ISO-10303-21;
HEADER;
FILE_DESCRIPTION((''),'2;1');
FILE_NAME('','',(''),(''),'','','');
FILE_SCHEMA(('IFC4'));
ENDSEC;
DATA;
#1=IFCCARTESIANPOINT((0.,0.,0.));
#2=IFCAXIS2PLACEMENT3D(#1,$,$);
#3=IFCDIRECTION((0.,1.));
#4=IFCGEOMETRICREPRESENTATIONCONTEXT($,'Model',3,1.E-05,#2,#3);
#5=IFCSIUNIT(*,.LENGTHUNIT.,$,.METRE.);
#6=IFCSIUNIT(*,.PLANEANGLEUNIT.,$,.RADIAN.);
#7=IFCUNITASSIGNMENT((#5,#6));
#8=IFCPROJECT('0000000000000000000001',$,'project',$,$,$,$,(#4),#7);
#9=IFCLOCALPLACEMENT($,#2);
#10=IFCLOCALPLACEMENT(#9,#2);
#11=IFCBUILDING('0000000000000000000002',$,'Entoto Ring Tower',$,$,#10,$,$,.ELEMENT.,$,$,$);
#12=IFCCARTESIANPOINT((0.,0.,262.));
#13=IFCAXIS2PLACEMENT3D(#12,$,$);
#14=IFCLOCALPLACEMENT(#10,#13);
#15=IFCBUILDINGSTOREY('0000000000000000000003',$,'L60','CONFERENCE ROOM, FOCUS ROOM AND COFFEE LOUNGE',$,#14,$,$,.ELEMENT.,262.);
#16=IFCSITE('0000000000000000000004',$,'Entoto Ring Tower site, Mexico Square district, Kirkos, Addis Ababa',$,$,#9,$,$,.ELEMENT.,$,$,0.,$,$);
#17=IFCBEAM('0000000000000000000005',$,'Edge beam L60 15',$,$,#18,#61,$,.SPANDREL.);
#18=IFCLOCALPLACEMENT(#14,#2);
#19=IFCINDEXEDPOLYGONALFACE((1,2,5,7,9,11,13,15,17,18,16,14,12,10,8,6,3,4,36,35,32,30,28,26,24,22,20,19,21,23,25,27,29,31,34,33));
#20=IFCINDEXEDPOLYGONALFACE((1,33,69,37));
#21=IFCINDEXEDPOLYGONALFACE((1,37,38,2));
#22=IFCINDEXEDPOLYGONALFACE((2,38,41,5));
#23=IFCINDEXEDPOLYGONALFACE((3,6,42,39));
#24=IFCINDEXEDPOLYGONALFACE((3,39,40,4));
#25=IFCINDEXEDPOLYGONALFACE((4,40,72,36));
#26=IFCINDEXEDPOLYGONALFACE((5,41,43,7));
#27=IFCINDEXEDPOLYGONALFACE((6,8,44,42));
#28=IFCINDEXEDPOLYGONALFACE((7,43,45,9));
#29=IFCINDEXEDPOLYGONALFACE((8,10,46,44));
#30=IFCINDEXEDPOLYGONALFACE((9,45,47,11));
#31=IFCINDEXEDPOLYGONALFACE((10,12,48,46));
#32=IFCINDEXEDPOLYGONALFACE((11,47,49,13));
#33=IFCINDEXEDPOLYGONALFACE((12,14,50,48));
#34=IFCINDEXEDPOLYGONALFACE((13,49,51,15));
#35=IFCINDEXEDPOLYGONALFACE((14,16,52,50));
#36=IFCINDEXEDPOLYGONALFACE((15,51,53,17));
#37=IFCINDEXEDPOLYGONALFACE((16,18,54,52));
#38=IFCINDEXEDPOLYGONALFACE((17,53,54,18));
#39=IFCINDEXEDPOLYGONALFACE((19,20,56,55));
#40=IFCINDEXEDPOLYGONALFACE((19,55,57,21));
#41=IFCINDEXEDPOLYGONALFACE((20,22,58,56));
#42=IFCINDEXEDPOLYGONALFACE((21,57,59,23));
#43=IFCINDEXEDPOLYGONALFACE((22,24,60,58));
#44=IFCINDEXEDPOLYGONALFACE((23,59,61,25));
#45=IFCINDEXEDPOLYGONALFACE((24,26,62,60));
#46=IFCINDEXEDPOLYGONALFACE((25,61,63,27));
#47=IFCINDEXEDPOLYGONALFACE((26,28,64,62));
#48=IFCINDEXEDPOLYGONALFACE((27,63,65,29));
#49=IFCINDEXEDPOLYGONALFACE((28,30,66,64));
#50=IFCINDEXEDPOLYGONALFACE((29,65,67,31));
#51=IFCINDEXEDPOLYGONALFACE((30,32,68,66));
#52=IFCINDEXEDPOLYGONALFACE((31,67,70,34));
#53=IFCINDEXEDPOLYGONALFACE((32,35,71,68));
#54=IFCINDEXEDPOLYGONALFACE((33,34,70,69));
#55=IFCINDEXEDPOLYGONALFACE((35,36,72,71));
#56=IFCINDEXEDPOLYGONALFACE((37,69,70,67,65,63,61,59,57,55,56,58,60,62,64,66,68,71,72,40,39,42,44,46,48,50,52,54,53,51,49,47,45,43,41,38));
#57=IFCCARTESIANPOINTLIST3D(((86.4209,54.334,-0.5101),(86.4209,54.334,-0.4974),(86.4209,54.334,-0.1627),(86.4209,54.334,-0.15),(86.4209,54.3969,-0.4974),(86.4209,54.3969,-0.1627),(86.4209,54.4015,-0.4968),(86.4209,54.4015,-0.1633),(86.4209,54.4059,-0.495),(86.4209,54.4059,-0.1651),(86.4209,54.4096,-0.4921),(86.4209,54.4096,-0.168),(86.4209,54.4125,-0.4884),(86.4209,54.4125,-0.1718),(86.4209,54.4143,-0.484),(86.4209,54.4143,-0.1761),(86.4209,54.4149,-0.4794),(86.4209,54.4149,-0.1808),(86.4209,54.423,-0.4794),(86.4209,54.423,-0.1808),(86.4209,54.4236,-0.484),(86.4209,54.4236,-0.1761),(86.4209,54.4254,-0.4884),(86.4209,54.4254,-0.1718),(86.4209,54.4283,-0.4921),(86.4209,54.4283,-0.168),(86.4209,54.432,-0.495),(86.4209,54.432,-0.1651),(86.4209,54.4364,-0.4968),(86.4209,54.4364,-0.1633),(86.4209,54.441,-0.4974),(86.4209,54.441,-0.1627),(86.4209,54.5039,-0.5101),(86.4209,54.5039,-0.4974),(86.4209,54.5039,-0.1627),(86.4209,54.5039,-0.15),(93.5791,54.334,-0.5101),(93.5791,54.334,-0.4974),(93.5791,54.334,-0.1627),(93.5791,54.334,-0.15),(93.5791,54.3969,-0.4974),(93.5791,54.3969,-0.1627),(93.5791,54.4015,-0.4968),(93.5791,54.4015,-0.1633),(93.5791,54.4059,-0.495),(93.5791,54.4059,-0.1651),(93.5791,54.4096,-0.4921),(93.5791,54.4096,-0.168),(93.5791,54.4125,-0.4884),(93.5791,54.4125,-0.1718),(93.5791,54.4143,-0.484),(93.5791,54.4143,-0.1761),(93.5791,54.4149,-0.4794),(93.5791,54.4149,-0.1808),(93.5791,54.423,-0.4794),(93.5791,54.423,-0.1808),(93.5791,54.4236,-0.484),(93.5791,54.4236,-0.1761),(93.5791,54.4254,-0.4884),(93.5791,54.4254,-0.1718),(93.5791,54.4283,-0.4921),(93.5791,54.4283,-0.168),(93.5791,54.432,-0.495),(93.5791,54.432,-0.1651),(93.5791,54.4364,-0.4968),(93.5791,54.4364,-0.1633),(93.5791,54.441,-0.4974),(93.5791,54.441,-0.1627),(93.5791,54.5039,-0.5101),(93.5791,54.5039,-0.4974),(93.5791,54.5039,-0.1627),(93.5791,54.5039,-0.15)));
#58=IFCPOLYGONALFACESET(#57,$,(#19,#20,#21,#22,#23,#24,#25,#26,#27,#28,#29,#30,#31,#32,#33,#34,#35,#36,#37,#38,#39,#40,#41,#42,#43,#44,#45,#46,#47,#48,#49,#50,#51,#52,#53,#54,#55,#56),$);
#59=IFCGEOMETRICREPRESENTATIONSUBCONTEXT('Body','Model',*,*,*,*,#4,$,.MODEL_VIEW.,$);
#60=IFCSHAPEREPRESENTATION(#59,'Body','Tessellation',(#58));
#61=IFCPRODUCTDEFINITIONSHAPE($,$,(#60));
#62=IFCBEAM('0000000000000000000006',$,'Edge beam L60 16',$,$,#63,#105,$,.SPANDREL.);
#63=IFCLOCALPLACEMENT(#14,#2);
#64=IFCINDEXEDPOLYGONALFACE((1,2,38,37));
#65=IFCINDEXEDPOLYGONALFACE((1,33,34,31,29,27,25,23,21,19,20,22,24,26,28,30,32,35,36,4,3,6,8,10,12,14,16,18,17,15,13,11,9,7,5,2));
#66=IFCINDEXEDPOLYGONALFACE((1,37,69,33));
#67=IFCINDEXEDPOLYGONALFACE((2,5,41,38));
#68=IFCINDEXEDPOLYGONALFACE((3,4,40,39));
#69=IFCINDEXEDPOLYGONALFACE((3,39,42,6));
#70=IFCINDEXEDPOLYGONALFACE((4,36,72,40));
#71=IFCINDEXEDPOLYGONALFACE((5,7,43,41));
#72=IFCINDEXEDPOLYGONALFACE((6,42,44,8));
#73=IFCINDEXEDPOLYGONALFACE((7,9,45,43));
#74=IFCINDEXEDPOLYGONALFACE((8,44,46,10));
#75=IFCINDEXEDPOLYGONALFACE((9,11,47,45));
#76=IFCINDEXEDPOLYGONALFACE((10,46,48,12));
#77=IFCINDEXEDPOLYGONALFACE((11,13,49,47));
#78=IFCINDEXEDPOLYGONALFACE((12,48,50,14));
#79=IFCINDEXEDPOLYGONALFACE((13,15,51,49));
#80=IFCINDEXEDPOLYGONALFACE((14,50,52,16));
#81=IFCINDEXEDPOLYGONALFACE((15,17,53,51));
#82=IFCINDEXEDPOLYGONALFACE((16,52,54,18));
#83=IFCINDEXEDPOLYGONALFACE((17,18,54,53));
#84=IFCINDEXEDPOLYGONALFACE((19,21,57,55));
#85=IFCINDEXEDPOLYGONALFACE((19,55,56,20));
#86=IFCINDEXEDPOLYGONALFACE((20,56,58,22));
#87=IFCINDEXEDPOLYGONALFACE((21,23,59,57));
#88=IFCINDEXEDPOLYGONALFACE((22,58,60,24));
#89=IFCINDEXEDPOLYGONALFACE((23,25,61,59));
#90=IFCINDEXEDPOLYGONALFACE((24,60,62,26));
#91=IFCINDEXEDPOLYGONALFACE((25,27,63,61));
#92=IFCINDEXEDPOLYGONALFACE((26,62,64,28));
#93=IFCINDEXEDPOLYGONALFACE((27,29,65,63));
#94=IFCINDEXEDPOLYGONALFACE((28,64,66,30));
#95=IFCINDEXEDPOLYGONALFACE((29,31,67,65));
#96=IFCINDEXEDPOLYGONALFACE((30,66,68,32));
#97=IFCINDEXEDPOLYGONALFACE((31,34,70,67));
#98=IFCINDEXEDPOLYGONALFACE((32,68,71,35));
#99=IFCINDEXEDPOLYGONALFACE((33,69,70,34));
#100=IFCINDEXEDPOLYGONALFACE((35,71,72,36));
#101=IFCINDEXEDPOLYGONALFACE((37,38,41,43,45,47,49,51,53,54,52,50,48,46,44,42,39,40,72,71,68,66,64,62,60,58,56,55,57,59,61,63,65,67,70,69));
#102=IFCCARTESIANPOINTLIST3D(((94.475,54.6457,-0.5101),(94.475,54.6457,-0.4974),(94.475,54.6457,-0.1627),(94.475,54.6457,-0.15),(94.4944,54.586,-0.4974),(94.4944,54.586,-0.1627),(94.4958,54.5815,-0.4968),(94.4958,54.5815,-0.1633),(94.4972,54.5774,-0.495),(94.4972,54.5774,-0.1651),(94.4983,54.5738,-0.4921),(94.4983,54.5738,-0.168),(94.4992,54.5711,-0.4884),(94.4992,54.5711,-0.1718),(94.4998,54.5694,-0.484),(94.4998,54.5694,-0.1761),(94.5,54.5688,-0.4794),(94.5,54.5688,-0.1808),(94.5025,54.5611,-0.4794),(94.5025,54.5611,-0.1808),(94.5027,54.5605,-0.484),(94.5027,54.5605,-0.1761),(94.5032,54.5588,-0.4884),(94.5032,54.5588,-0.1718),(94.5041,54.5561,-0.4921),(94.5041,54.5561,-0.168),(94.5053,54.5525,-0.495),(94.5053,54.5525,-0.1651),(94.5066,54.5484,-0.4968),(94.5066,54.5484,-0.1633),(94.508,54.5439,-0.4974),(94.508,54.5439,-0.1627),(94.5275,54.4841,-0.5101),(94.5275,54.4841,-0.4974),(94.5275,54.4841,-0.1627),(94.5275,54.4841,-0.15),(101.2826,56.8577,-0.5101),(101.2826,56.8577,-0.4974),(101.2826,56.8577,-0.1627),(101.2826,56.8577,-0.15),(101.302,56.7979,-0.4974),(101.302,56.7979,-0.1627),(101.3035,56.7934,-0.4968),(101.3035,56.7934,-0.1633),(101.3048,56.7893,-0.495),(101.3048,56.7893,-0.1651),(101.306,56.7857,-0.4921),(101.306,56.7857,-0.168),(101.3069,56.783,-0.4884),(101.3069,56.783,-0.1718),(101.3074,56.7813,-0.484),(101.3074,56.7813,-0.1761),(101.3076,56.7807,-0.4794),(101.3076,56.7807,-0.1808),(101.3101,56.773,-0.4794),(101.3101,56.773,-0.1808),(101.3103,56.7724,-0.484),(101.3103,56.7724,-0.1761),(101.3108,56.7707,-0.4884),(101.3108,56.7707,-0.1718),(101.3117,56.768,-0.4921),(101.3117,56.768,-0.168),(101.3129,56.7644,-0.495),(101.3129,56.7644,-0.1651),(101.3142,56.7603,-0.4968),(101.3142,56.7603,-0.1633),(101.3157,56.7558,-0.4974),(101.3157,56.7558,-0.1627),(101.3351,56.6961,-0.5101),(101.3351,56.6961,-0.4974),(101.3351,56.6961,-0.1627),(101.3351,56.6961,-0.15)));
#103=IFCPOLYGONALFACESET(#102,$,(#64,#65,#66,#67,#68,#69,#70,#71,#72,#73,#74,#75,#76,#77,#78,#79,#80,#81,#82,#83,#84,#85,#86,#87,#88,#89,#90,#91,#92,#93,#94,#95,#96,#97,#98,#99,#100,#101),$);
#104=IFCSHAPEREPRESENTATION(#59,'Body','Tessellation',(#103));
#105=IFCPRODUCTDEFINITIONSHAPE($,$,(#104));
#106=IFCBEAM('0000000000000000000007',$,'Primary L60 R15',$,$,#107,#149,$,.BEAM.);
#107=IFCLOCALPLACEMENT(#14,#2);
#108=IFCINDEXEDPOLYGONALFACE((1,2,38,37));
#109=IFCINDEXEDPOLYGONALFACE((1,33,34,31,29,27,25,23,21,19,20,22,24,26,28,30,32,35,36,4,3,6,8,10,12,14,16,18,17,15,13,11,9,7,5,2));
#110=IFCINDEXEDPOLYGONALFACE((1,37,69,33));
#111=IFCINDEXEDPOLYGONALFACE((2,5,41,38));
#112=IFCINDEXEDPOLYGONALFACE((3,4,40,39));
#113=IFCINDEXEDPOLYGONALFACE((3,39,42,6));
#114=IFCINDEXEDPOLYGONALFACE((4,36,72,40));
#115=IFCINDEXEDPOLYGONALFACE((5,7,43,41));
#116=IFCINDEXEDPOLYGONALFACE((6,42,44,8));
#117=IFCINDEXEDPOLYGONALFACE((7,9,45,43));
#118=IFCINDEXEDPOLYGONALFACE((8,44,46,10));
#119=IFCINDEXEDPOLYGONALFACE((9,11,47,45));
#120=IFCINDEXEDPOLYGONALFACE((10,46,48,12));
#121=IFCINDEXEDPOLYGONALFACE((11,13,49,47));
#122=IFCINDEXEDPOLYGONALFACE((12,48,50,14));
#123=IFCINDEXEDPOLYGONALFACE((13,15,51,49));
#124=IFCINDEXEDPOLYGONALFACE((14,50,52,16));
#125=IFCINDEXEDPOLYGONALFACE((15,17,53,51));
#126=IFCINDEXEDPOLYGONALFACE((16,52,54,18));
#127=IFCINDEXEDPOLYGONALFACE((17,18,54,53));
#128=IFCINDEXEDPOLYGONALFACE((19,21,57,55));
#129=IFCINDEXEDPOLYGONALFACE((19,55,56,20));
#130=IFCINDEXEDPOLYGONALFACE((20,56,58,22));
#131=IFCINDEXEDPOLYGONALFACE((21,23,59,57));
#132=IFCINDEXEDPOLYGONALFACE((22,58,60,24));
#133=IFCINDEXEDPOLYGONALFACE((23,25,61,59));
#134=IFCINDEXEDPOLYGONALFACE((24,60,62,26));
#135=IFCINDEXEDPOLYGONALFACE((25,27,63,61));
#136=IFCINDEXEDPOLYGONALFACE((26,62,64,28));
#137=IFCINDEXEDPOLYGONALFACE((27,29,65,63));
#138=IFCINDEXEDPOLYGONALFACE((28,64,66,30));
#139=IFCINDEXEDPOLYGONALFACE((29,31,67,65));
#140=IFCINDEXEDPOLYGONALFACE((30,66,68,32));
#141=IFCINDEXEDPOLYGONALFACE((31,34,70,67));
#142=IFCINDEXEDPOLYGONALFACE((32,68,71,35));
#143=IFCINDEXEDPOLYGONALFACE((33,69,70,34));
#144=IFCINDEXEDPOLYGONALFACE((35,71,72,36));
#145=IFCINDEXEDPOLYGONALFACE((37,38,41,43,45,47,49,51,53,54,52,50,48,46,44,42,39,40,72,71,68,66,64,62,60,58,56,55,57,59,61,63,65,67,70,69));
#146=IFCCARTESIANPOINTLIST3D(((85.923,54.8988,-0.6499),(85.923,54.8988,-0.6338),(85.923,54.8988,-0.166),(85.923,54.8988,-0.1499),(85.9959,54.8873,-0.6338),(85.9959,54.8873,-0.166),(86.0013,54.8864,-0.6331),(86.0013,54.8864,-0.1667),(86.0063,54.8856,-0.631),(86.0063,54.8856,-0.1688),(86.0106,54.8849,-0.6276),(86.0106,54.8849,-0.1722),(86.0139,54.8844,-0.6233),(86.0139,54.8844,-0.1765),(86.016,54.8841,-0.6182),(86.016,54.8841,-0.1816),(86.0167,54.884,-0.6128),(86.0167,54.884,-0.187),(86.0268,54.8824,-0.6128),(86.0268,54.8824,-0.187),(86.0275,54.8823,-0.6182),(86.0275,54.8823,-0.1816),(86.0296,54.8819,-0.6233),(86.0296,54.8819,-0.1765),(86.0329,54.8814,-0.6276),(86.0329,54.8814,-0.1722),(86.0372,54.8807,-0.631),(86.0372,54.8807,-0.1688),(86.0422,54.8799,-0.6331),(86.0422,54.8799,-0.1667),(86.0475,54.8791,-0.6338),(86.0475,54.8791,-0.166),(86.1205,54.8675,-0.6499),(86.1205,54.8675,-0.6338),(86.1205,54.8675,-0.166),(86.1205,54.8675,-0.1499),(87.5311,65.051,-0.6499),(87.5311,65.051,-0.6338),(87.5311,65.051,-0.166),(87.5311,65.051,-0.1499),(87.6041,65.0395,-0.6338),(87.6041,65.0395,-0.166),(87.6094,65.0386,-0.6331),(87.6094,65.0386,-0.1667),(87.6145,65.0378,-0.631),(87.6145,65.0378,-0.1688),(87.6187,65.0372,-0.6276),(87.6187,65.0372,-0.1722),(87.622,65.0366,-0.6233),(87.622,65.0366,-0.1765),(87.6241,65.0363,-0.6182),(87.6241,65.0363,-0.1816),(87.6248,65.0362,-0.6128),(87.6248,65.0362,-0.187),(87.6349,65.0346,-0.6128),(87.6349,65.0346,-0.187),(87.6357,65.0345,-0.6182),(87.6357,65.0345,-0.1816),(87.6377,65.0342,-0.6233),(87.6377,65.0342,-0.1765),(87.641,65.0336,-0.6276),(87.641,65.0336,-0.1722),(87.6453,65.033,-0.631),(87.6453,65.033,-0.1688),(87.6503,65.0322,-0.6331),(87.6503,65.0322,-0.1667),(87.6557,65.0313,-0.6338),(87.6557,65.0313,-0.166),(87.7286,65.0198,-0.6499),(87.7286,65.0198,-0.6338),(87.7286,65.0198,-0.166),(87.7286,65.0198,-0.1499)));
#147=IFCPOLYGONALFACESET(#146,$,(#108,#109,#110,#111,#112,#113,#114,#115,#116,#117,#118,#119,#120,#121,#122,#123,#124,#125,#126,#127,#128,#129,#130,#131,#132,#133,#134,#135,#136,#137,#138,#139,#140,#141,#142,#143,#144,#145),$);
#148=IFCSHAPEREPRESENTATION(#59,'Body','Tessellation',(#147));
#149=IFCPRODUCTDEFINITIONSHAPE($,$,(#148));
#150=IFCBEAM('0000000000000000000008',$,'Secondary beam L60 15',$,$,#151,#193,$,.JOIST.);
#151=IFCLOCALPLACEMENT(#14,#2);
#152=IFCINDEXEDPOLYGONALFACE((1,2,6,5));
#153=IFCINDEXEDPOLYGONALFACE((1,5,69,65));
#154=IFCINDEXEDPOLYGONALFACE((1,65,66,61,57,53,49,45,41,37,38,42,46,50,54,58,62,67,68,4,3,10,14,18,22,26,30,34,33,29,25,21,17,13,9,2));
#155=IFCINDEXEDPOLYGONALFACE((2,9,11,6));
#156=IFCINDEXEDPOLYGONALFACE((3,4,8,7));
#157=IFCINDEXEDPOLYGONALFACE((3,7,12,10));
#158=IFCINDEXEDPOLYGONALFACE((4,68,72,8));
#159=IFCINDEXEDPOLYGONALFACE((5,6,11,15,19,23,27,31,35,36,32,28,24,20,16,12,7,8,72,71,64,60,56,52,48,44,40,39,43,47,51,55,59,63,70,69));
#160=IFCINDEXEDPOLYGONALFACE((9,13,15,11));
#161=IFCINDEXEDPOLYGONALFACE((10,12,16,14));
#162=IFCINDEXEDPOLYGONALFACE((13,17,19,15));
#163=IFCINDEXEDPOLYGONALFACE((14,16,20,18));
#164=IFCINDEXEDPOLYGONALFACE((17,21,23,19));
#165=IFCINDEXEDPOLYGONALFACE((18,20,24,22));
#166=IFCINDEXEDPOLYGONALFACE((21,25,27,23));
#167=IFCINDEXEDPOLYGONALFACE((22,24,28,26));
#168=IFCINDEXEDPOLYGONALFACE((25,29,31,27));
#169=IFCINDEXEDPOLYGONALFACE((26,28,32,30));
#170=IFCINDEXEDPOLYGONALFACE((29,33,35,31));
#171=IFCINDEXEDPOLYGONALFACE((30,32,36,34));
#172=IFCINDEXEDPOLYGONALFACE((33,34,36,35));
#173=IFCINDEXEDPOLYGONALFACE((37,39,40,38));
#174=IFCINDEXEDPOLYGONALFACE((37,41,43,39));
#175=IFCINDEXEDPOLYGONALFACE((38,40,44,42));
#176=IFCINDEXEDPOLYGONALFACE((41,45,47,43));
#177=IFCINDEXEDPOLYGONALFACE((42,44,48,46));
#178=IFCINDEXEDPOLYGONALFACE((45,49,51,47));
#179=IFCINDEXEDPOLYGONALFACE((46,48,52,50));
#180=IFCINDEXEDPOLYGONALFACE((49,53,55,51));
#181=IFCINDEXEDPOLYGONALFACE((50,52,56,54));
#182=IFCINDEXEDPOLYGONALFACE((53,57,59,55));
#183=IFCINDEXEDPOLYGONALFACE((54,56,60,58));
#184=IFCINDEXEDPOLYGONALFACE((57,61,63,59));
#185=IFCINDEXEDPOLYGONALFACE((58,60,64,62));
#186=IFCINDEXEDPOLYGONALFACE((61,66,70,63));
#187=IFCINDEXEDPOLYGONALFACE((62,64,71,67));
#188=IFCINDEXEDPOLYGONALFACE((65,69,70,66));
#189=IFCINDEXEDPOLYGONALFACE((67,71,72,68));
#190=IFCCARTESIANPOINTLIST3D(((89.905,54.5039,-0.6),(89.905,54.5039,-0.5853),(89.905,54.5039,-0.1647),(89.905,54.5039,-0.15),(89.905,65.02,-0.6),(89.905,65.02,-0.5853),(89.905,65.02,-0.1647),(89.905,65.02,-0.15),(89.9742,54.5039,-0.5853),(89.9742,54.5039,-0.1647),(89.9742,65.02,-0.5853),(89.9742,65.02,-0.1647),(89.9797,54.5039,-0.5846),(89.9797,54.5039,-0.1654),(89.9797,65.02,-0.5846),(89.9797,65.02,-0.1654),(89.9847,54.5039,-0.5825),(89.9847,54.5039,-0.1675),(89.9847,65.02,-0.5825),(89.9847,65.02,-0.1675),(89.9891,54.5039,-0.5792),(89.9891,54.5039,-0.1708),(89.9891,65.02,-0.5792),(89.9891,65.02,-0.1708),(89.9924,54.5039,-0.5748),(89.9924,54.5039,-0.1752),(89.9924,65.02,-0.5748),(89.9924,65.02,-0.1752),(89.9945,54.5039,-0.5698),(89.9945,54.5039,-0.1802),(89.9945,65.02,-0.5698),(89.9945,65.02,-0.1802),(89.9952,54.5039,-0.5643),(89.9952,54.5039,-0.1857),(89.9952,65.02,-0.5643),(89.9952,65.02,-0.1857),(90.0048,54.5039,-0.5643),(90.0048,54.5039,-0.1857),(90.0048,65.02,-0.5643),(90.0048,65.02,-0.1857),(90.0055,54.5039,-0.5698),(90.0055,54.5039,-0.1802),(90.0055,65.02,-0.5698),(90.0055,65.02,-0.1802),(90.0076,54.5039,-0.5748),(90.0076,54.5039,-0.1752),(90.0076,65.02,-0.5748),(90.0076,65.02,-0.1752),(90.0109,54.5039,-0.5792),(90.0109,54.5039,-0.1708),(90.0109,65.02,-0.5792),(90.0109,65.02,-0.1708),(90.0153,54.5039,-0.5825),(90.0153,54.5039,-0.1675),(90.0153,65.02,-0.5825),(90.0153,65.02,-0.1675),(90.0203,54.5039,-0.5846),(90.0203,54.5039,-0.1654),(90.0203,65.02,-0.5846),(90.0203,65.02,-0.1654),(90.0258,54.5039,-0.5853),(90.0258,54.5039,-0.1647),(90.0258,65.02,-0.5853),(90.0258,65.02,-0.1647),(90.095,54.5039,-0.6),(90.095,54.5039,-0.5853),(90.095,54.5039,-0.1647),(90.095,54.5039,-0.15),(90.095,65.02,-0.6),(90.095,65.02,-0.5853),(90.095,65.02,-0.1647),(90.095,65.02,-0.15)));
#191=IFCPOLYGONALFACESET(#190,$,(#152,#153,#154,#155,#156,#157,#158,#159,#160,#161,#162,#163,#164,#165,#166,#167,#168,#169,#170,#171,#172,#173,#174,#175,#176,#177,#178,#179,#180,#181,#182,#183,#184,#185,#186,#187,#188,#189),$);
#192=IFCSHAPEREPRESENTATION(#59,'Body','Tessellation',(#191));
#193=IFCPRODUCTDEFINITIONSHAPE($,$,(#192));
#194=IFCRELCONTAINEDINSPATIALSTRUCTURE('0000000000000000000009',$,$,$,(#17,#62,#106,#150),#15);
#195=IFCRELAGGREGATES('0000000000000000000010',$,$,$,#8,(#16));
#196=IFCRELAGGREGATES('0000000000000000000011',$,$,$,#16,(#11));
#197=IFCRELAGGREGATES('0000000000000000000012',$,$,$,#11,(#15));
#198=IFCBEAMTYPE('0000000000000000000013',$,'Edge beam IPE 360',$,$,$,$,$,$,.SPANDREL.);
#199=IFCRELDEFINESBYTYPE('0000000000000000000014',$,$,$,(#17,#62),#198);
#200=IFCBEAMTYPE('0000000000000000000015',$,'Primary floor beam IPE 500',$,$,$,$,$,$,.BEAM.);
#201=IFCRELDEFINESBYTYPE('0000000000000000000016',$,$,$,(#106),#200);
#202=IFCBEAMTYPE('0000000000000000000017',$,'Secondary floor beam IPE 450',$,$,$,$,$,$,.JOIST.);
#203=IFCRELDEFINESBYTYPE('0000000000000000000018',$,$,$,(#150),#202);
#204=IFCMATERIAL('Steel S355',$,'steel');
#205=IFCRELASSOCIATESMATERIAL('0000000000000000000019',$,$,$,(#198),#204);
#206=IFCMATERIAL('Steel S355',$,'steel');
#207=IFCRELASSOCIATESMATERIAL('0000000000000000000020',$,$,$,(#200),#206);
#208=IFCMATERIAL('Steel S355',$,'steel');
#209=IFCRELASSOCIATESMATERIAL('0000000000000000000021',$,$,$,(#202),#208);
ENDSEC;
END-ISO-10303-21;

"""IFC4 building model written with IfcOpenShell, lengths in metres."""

from ifc_helpers import new_model, si_unit, direction, frame, origin, origin_2d, place, context, subcontext, project, spatial, i_section, extrude, material, material_profile, profile_set, type_object, element, save


model = new_model("IFC4")

# Units and contexts
model_context = context("Model", 3, precision=1e-05, world=origin(), true_north=direction((0.0, 1.0)))
body_context = subcontext(model_context, "Body", "Model", "MODEL_VIEW")
ifc_project = project(units=[si_unit("LENGTHUNIT", "METRE"), si_unit("PLANEANGLEUNIT", "RADIAN")], contexts=[model_context])

# Site, building, storey
site_placement = place(None, origin())
site = spatial("IfcSite", under=ifc_project, at=site_placement, Name="Entoto Ring Tower site, Mexico Square district, Kirkos, Addis Ababa", CompositionType="ELEMENT", RefElevation=0.0)
building_placement = place(site_placement, origin())
building = spatial("IfcBuilding", under=site, at=building_placement, Name="Entoto Ring Tower", CompositionType="ELEMENT")
storey_placement = place(building_placement, frame((0.0, 0.0, 262.0)))
storey = spatial("IfcBuildingStorey", under=building, at=storey_placement, Name="L60", Description="CONFERENCE ROOM, FOCUS ROOM AND COFFEE LOUNGE", CompositionType="ELEMENT", Elevation=262.0)

# Beams
ifc_material_1 = material(Name="Steel S355", Category="steel")
ifc_material_profile_1 = material_profile(ifc_material_1, i_section(OverallWidth=0.1699, OverallDepth=0.3601, WebThickness=0.0081, FlangeThickness=0.0127, FilletRadius=0.0181, at=origin_2d()), Name="IPE 360")
ifc_profile_set_1 = profile_set([ifc_material_profile_1], Name="Steel S355")
beam_type_1 = type_object("IfcBeamType", Name="Edge beam IPE 360", PredefinedType="SPANDREL", material=ifc_profile_set_1)
beam_1_placement = place(storey_placement, frame((86.4209, 54.4189, -0.3301), z_axis=(1.0, 0.0, 0.0), x_axis=(0.0, 1.0, 0.0)))
element("IfcBeam", 1, at=beam_1_placement, inside=storey, type_object=beam_type_1, Name="Edge beam L60 15", PredefinedType="SPANDREL", context=body_context, shape_type="SweptSolid", body=[
    extrude(i_section(OverallWidth=0.1699, OverallDepth=0.3601, WebThickness=0.0081, FlangeThickness=0.0127, FilletRadius=0.0181, at=origin_2d()), origin(), (0.0, 0.0, 1.0), 7.1582),
])
beam_2_placement = place(storey_placement, frame((94.5012, 54.5649, -0.3301), z_axis=(0.951057, 0.309015, 0.0), x_axis=(-0.309015, 0.951057, 0.0)))
element("IfcBeam", 2, at=beam_2_placement, inside=storey, type_object=beam_type_1, Name="Edge beam L60 16", PredefinedType="SPANDREL", context=body_context, shape_type="SweptSolid", body=[
    extrude(i_section(OverallWidth=0.1699, OverallDepth=0.3601, WebThickness=0.0081, FlangeThickness=0.0127, FilletRadius=0.0181, at=origin_2d()), origin(), (0.0, 0.0, 1.0), 7.158),
])
ifc_material_2 = material(Name="Steel S355", Category="steel")
ifc_material_profile_2 = material_profile(ifc_material_2, i_section(OverallWidth=0.2, OverallDepth=0.5, WebThickness=0.0103, FlangeThickness=0.0161, FilletRadius=0.021, at=origin_2d()), Name="IPE 500")
ifc_profile_set_2 = profile_set([ifc_material_profile_2], Name="Steel S355")
beam_type_2 = type_object("IfcBeamType", Name="Primary floor beam IPE 500", PredefinedType="BEAM", material=ifc_profile_set_2)
beam_3_placement = place(storey_placement, frame((87.6299, 65.0354, -0.3999), z_axis=(-0.156452, -0.987686, 0.0), x_axis=(0.987686, -0.156452, 0.0)))
element("IfcBeam", 3, at=beam_3_placement, inside=storey, type_object=beam_type_2, Name="Primary L60 R15", PredefinedType="BEAM", context=body_context, shape_type="SweptSolid", body=[
    extrude(i_section(OverallWidth=0.2, OverallDepth=0.5, WebThickness=0.0103, FlangeThickness=0.0161, FilletRadius=0.021, at=origin_2d()), origin(), (0.0, 0.0, 1.0), 10.2788),
])
ifc_material_3 = material(Name="Steel S355", Category="steel")
ifc_material_profile_3 = material_profile(ifc_material_3, i_section(OverallWidth=0.1899, OverallDepth=0.45, WebThickness=0.0095, FlangeThickness=0.0146, FilletRadius=0.021, at=origin_2d()), Name="IPE 450")
ifc_profile_set_3 = profile_set([ifc_material_profile_3], Name="Steel S355")
beam_type_3 = type_object("IfcBeamType", Name="Secondary floor beam IPE 450", PredefinedType="JOIST", material=ifc_profile_set_3)
beam_4_placement = place(storey_placement, frame((90.0, 65.02, -0.375), z_axis=(0.0, -1.0, 0.0), x_axis=(1.0, 0.0, 0.0)))
element("IfcBeam", 4, at=beam_4_placement, inside=storey, type_object=beam_type_3, Name="Secondary beam L60 15", PredefinedType="JOIST", context=body_context, shape_type="SweptSolid", body=[
    extrude(i_section(OverallWidth=0.1899, OverallDepth=0.45, WebThickness=0.0095, FlangeThickness=0.0146, FilletRadius=0.021, at=origin_2d()), origin(), (0.0, 0.0, 1.0), 10.5161),
])

save(model, "model.ifc")
